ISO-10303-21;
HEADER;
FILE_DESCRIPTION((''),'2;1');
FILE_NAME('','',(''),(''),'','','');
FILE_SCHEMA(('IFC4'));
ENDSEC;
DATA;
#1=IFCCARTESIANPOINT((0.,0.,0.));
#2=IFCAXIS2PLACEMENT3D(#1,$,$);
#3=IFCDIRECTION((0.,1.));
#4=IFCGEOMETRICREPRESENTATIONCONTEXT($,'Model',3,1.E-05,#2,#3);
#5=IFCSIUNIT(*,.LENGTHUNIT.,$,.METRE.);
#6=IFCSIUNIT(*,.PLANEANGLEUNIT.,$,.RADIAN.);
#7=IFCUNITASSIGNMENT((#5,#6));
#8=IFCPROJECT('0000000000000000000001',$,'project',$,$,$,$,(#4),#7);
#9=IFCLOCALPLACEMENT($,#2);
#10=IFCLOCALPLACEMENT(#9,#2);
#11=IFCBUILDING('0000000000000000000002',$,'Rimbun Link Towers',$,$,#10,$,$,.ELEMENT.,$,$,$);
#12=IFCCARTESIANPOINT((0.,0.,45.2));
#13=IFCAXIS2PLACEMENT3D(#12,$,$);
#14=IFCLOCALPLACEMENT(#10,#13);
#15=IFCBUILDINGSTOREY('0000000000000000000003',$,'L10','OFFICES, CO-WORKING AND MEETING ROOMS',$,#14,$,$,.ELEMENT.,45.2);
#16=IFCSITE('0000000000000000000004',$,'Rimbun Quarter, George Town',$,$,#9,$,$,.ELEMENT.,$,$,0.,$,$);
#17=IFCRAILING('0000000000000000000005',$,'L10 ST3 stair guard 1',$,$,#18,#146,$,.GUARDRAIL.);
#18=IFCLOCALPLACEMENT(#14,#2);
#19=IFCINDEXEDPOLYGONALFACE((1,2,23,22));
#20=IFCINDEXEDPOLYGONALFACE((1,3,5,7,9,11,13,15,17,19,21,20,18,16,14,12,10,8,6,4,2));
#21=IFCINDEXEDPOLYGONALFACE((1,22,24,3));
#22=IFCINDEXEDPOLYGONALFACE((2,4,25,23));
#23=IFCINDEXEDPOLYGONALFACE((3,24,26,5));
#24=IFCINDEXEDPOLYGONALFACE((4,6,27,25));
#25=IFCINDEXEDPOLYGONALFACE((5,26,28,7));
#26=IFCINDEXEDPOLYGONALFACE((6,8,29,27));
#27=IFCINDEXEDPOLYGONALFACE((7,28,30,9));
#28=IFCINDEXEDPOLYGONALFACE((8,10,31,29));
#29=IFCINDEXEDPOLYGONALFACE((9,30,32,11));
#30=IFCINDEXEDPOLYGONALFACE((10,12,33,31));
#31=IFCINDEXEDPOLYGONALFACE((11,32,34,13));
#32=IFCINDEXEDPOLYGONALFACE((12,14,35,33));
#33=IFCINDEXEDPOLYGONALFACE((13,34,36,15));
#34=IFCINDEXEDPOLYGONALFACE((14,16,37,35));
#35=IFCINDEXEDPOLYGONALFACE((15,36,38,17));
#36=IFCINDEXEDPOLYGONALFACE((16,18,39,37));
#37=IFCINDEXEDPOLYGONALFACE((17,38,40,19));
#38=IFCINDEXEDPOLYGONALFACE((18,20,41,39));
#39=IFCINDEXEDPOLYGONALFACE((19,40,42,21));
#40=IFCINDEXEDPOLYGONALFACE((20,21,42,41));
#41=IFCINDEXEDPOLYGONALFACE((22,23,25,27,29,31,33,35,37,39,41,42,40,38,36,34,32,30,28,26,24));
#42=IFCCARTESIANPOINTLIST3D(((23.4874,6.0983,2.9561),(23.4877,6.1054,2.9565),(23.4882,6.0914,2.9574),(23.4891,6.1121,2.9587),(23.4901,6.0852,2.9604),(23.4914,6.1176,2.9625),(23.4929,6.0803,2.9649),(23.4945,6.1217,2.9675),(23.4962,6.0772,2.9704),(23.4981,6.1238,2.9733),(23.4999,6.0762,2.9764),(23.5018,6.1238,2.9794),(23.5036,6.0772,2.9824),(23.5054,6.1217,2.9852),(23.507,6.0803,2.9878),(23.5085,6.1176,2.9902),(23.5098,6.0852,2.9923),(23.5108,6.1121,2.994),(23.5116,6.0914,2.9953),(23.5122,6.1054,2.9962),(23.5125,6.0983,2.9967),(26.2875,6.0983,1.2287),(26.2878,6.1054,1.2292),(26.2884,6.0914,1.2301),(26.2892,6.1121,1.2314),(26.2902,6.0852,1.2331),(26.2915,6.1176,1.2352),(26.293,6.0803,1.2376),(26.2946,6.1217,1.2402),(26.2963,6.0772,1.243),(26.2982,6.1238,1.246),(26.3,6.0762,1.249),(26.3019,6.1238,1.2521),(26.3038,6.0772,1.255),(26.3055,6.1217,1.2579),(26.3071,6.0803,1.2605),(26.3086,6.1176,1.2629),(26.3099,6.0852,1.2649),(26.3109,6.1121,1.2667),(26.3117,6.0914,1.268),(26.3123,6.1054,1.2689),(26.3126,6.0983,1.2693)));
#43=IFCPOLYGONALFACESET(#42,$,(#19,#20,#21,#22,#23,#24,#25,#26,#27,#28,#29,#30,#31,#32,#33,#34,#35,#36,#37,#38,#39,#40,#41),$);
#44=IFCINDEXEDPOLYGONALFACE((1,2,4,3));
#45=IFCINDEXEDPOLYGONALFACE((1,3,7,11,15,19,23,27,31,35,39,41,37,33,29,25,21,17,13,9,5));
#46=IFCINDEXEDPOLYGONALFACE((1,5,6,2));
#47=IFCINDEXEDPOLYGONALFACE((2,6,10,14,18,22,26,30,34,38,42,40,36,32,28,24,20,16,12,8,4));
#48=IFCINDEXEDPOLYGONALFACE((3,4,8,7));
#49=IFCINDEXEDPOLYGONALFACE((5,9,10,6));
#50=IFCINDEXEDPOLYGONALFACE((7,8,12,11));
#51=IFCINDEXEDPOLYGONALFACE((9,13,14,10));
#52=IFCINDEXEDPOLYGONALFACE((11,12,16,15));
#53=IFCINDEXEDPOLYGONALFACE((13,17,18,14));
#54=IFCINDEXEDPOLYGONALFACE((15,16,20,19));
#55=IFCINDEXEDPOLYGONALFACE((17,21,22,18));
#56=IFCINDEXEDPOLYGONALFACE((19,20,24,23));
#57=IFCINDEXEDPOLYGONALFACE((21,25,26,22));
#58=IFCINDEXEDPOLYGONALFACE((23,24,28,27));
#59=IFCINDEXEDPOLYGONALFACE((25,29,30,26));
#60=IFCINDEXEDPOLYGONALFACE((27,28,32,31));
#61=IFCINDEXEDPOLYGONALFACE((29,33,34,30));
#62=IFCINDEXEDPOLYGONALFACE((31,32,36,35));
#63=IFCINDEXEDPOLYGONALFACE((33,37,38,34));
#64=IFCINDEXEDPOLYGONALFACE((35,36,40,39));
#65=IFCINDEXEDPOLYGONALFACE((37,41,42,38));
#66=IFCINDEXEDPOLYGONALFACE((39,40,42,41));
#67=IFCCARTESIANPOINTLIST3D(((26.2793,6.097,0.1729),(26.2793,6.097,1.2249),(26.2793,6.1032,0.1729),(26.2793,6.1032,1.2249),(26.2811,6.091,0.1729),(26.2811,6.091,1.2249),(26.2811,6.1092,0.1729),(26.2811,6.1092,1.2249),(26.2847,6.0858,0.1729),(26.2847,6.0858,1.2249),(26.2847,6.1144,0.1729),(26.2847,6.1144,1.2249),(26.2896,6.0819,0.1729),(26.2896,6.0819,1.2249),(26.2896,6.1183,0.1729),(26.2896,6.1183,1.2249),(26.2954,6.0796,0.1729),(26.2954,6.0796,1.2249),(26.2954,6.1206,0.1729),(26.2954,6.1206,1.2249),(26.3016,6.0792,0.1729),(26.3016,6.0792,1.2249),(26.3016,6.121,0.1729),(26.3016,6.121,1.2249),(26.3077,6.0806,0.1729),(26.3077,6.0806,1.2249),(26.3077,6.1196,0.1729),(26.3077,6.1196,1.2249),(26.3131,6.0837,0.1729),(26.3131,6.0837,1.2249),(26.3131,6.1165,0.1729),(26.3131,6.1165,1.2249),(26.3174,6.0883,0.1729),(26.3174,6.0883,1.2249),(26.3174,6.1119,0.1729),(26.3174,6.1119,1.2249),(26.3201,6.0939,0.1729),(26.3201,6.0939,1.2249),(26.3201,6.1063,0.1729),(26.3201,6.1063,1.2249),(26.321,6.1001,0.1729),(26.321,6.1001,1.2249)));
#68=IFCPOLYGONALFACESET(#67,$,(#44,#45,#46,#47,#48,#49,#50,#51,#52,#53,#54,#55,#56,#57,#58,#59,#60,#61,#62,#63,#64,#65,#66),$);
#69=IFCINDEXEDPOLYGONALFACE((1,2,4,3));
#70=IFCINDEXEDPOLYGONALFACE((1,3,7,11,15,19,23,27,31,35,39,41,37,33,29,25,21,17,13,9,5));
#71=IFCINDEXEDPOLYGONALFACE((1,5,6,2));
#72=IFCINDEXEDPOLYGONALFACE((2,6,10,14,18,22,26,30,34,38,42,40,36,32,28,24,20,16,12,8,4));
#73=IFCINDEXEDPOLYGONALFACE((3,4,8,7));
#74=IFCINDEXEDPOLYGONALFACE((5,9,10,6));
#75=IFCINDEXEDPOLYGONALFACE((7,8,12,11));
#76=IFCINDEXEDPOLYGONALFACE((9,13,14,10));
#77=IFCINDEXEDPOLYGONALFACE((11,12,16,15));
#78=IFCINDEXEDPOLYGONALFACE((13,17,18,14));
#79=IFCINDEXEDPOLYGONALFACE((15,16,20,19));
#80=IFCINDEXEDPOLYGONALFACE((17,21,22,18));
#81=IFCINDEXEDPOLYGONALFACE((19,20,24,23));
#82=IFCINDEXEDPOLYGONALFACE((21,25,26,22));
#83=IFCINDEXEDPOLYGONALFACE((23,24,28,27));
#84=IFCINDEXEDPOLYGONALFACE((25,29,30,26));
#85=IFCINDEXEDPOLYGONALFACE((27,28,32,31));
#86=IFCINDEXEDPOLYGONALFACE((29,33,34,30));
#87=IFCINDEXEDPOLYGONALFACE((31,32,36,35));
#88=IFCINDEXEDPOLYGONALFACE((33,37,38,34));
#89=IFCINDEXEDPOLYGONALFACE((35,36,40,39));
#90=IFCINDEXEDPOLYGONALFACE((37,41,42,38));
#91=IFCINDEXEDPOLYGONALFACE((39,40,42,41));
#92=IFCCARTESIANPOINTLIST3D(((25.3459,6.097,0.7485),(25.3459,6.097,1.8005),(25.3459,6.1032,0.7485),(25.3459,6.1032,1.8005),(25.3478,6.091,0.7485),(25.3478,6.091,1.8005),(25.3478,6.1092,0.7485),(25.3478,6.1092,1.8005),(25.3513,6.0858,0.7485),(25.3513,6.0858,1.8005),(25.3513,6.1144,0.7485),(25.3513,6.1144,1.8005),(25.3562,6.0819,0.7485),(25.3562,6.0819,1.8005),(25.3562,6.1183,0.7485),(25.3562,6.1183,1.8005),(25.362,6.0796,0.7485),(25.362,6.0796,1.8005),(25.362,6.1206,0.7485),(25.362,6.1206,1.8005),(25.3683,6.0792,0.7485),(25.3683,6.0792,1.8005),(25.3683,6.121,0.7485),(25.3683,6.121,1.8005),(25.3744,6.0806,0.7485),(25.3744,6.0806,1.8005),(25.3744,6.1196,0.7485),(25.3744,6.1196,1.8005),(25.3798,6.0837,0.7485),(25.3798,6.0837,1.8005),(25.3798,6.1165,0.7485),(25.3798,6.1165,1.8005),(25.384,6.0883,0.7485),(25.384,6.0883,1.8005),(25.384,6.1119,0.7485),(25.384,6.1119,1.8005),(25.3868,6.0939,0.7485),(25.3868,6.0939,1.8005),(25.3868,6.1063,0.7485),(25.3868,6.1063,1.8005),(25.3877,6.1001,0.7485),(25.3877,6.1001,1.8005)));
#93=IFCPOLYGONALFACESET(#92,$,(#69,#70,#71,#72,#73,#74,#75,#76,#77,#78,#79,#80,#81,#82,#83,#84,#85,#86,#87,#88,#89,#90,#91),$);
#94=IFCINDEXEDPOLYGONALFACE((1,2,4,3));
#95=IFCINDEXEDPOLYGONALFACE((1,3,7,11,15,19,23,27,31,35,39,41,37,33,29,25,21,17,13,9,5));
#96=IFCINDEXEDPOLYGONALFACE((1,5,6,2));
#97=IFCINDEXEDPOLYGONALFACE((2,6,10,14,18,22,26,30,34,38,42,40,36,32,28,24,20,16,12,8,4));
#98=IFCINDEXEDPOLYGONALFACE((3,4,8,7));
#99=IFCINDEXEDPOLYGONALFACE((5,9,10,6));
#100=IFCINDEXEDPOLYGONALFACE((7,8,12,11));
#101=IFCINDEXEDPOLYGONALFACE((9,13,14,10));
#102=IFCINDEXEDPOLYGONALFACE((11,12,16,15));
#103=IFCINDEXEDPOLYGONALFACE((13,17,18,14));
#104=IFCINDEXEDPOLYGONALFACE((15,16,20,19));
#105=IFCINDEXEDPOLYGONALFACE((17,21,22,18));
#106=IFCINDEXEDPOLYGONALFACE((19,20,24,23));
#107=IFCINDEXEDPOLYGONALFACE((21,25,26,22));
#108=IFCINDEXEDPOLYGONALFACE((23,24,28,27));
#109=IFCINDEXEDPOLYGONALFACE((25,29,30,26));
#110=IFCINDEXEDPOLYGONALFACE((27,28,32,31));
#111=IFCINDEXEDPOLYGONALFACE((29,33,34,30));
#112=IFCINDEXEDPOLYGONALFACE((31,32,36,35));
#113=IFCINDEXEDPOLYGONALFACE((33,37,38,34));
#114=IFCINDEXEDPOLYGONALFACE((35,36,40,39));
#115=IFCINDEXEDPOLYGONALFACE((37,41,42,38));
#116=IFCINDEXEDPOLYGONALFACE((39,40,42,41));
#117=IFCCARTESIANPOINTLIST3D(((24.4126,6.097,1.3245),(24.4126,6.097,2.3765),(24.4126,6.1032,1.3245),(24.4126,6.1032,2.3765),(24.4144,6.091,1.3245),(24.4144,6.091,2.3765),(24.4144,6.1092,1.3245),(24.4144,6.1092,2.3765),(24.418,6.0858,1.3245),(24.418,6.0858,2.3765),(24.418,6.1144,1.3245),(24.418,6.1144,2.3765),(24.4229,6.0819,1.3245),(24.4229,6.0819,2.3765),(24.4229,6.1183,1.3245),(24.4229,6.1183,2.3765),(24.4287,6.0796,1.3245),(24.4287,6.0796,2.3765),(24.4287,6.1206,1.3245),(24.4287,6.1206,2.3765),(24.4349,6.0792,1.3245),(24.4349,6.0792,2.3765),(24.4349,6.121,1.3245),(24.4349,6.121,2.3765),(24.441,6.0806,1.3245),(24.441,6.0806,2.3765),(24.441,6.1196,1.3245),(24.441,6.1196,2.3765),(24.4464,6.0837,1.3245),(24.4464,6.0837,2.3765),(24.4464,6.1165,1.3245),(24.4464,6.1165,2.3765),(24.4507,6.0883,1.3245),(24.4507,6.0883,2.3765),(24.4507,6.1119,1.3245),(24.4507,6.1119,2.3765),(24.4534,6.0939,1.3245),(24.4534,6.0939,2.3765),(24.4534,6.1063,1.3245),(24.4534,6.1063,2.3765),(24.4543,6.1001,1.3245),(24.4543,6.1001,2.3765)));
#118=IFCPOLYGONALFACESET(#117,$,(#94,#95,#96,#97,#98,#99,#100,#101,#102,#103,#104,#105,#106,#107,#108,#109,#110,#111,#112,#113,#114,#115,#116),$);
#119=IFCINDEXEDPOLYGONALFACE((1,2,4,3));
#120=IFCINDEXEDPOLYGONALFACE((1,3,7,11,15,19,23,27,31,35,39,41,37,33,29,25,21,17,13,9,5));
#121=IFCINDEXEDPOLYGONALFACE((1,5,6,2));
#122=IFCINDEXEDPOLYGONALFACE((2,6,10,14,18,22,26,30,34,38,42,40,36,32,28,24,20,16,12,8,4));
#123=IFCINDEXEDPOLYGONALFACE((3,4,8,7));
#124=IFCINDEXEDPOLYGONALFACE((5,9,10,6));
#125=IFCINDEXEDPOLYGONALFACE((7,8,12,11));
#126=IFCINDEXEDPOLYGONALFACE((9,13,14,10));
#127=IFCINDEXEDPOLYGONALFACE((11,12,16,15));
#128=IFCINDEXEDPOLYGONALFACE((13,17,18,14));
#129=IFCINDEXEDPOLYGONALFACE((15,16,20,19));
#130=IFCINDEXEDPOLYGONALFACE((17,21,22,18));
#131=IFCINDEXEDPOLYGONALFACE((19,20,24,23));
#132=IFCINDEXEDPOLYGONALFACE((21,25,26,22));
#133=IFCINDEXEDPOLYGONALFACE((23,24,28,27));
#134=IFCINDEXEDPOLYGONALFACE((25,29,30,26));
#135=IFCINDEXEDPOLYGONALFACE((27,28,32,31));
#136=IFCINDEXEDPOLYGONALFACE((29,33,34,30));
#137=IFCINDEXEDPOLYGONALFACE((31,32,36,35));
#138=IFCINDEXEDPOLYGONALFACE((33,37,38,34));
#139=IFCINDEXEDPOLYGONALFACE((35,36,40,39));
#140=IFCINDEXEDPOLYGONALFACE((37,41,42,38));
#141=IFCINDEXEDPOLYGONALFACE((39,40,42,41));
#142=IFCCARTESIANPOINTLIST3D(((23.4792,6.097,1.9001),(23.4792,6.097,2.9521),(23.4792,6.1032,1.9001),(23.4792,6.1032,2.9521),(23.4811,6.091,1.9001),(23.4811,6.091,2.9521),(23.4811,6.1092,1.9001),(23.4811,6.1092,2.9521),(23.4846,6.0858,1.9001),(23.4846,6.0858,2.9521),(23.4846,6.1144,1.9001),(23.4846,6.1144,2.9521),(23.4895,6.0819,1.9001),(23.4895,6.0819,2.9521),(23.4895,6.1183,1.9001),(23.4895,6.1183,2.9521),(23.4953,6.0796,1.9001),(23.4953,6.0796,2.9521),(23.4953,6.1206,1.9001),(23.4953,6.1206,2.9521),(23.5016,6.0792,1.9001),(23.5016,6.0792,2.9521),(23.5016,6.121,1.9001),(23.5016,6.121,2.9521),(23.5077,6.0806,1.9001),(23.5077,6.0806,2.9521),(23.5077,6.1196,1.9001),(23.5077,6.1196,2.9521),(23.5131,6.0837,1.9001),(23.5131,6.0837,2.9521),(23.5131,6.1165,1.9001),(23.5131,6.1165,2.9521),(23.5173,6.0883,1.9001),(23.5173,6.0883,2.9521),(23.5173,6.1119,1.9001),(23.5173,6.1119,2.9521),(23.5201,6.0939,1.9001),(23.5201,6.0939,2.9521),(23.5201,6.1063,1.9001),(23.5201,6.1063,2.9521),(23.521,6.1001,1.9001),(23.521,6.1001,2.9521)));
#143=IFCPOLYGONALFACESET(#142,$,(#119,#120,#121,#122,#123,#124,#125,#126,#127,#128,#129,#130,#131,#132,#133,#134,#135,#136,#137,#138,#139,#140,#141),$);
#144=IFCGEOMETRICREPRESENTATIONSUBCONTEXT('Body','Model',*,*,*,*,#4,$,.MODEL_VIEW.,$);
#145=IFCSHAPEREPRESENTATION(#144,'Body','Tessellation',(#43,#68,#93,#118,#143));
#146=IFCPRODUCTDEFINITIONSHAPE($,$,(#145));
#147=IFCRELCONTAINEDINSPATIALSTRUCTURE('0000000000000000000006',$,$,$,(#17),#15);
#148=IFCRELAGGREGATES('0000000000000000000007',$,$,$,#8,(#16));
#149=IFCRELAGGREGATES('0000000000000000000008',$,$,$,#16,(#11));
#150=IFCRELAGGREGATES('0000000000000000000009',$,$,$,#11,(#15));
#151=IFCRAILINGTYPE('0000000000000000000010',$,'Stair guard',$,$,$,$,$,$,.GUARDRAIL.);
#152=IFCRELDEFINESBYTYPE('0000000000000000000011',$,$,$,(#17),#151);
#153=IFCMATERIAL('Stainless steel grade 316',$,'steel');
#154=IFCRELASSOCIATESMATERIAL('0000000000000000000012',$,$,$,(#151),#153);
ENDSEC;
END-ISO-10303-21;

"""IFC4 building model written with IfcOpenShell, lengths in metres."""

from ifc_helpers import new_model, si_unit, direction, frame, origin, origin_2d, place, context, subcontext, project, spatial, circle, extrude, material, type_object, element, save


model = new_model("IFC4")

# Units and contexts
model_context = context("Model", 3, precision=1e-05, world=origin(), true_north=direction((0.0, 1.0)))
body_context = subcontext(model_context, "Body", "Model", "MODEL_VIEW")
ifc_project = project(units=[si_unit("LENGTHUNIT", "METRE"), si_unit("PLANEANGLEUNIT", "RADIAN")], contexts=[model_context])

# Site, building, storey
site_placement = place(None, origin())
site = spatial("IfcSite", under=ifc_project, at=site_placement, Name="Rimbun Quarter, George Town", CompositionType="ELEMENT", RefElevation=0.0)
building_placement = place(site_placement, origin())
building = spatial("IfcBuilding", under=site, at=building_placement, Name="Rimbun Link Towers", CompositionType="ELEMENT")
storey_placement = place(building_placement, frame((0.0, 0.0, 45.2)))
storey = spatial("IfcBuildingStorey", under=building, at=storey_placement, Name="L10", Description="OFFICES, CO-WORKING AND MEETING ROOMS", CompositionType="ELEMENT", Elevation=45.2)

# Railing
ifc_material_1 = material(Name="Stainless steel grade 316", Category="steel")
railing_type_1 = type_object("IfcRailingType", Name="Stair guard", PredefinedType="GUARDRAIL", material=ifc_material_1)
railing_1_placement = place(storey_placement, frame((26.3, 6.1001, 0.1729)))
element("IfcRailing", 1, at=railing_1_placement, inside=storey, type_object=railing_type_1, Name="L10 ST3 stair guard 1", PredefinedType="GUARDRAIL", context=body_context, shape_type="SweptSolid", body=[
    extrude(circle(Radius=0.0239, at=origin_2d()), frame((0.0, 0.0, 1.0762), z_axis=(-0.85109, 0.0, 0.52502), x_axis=(0.0, -1.0, 0.0)), (0.0, 0.0, 1.0), 3.29),
    extrude(circle(Radius=0.021, at=origin_2d()), origin(), (0.0, 0.0, 1.0), 1.052),
    extrude(circle(Radius=0.021, at=origin_2d()), frame((-0.9333, 0.0, 0.5757)), (0.0, 0.0, 1.0), 1.052),
    extrude(circle(Radius=0.021, at=origin_2d()), frame((-1.8667, 0.0, 1.1516)), (0.0, 0.0, 1.0), 1.052),
    extrude(circle(Radius=0.021, at=origin_2d()), frame((-2.8, 0.0, 1.7273)), (0.0, 0.0, 1.0), 1.052),
])

save(model, "model.ifc")
